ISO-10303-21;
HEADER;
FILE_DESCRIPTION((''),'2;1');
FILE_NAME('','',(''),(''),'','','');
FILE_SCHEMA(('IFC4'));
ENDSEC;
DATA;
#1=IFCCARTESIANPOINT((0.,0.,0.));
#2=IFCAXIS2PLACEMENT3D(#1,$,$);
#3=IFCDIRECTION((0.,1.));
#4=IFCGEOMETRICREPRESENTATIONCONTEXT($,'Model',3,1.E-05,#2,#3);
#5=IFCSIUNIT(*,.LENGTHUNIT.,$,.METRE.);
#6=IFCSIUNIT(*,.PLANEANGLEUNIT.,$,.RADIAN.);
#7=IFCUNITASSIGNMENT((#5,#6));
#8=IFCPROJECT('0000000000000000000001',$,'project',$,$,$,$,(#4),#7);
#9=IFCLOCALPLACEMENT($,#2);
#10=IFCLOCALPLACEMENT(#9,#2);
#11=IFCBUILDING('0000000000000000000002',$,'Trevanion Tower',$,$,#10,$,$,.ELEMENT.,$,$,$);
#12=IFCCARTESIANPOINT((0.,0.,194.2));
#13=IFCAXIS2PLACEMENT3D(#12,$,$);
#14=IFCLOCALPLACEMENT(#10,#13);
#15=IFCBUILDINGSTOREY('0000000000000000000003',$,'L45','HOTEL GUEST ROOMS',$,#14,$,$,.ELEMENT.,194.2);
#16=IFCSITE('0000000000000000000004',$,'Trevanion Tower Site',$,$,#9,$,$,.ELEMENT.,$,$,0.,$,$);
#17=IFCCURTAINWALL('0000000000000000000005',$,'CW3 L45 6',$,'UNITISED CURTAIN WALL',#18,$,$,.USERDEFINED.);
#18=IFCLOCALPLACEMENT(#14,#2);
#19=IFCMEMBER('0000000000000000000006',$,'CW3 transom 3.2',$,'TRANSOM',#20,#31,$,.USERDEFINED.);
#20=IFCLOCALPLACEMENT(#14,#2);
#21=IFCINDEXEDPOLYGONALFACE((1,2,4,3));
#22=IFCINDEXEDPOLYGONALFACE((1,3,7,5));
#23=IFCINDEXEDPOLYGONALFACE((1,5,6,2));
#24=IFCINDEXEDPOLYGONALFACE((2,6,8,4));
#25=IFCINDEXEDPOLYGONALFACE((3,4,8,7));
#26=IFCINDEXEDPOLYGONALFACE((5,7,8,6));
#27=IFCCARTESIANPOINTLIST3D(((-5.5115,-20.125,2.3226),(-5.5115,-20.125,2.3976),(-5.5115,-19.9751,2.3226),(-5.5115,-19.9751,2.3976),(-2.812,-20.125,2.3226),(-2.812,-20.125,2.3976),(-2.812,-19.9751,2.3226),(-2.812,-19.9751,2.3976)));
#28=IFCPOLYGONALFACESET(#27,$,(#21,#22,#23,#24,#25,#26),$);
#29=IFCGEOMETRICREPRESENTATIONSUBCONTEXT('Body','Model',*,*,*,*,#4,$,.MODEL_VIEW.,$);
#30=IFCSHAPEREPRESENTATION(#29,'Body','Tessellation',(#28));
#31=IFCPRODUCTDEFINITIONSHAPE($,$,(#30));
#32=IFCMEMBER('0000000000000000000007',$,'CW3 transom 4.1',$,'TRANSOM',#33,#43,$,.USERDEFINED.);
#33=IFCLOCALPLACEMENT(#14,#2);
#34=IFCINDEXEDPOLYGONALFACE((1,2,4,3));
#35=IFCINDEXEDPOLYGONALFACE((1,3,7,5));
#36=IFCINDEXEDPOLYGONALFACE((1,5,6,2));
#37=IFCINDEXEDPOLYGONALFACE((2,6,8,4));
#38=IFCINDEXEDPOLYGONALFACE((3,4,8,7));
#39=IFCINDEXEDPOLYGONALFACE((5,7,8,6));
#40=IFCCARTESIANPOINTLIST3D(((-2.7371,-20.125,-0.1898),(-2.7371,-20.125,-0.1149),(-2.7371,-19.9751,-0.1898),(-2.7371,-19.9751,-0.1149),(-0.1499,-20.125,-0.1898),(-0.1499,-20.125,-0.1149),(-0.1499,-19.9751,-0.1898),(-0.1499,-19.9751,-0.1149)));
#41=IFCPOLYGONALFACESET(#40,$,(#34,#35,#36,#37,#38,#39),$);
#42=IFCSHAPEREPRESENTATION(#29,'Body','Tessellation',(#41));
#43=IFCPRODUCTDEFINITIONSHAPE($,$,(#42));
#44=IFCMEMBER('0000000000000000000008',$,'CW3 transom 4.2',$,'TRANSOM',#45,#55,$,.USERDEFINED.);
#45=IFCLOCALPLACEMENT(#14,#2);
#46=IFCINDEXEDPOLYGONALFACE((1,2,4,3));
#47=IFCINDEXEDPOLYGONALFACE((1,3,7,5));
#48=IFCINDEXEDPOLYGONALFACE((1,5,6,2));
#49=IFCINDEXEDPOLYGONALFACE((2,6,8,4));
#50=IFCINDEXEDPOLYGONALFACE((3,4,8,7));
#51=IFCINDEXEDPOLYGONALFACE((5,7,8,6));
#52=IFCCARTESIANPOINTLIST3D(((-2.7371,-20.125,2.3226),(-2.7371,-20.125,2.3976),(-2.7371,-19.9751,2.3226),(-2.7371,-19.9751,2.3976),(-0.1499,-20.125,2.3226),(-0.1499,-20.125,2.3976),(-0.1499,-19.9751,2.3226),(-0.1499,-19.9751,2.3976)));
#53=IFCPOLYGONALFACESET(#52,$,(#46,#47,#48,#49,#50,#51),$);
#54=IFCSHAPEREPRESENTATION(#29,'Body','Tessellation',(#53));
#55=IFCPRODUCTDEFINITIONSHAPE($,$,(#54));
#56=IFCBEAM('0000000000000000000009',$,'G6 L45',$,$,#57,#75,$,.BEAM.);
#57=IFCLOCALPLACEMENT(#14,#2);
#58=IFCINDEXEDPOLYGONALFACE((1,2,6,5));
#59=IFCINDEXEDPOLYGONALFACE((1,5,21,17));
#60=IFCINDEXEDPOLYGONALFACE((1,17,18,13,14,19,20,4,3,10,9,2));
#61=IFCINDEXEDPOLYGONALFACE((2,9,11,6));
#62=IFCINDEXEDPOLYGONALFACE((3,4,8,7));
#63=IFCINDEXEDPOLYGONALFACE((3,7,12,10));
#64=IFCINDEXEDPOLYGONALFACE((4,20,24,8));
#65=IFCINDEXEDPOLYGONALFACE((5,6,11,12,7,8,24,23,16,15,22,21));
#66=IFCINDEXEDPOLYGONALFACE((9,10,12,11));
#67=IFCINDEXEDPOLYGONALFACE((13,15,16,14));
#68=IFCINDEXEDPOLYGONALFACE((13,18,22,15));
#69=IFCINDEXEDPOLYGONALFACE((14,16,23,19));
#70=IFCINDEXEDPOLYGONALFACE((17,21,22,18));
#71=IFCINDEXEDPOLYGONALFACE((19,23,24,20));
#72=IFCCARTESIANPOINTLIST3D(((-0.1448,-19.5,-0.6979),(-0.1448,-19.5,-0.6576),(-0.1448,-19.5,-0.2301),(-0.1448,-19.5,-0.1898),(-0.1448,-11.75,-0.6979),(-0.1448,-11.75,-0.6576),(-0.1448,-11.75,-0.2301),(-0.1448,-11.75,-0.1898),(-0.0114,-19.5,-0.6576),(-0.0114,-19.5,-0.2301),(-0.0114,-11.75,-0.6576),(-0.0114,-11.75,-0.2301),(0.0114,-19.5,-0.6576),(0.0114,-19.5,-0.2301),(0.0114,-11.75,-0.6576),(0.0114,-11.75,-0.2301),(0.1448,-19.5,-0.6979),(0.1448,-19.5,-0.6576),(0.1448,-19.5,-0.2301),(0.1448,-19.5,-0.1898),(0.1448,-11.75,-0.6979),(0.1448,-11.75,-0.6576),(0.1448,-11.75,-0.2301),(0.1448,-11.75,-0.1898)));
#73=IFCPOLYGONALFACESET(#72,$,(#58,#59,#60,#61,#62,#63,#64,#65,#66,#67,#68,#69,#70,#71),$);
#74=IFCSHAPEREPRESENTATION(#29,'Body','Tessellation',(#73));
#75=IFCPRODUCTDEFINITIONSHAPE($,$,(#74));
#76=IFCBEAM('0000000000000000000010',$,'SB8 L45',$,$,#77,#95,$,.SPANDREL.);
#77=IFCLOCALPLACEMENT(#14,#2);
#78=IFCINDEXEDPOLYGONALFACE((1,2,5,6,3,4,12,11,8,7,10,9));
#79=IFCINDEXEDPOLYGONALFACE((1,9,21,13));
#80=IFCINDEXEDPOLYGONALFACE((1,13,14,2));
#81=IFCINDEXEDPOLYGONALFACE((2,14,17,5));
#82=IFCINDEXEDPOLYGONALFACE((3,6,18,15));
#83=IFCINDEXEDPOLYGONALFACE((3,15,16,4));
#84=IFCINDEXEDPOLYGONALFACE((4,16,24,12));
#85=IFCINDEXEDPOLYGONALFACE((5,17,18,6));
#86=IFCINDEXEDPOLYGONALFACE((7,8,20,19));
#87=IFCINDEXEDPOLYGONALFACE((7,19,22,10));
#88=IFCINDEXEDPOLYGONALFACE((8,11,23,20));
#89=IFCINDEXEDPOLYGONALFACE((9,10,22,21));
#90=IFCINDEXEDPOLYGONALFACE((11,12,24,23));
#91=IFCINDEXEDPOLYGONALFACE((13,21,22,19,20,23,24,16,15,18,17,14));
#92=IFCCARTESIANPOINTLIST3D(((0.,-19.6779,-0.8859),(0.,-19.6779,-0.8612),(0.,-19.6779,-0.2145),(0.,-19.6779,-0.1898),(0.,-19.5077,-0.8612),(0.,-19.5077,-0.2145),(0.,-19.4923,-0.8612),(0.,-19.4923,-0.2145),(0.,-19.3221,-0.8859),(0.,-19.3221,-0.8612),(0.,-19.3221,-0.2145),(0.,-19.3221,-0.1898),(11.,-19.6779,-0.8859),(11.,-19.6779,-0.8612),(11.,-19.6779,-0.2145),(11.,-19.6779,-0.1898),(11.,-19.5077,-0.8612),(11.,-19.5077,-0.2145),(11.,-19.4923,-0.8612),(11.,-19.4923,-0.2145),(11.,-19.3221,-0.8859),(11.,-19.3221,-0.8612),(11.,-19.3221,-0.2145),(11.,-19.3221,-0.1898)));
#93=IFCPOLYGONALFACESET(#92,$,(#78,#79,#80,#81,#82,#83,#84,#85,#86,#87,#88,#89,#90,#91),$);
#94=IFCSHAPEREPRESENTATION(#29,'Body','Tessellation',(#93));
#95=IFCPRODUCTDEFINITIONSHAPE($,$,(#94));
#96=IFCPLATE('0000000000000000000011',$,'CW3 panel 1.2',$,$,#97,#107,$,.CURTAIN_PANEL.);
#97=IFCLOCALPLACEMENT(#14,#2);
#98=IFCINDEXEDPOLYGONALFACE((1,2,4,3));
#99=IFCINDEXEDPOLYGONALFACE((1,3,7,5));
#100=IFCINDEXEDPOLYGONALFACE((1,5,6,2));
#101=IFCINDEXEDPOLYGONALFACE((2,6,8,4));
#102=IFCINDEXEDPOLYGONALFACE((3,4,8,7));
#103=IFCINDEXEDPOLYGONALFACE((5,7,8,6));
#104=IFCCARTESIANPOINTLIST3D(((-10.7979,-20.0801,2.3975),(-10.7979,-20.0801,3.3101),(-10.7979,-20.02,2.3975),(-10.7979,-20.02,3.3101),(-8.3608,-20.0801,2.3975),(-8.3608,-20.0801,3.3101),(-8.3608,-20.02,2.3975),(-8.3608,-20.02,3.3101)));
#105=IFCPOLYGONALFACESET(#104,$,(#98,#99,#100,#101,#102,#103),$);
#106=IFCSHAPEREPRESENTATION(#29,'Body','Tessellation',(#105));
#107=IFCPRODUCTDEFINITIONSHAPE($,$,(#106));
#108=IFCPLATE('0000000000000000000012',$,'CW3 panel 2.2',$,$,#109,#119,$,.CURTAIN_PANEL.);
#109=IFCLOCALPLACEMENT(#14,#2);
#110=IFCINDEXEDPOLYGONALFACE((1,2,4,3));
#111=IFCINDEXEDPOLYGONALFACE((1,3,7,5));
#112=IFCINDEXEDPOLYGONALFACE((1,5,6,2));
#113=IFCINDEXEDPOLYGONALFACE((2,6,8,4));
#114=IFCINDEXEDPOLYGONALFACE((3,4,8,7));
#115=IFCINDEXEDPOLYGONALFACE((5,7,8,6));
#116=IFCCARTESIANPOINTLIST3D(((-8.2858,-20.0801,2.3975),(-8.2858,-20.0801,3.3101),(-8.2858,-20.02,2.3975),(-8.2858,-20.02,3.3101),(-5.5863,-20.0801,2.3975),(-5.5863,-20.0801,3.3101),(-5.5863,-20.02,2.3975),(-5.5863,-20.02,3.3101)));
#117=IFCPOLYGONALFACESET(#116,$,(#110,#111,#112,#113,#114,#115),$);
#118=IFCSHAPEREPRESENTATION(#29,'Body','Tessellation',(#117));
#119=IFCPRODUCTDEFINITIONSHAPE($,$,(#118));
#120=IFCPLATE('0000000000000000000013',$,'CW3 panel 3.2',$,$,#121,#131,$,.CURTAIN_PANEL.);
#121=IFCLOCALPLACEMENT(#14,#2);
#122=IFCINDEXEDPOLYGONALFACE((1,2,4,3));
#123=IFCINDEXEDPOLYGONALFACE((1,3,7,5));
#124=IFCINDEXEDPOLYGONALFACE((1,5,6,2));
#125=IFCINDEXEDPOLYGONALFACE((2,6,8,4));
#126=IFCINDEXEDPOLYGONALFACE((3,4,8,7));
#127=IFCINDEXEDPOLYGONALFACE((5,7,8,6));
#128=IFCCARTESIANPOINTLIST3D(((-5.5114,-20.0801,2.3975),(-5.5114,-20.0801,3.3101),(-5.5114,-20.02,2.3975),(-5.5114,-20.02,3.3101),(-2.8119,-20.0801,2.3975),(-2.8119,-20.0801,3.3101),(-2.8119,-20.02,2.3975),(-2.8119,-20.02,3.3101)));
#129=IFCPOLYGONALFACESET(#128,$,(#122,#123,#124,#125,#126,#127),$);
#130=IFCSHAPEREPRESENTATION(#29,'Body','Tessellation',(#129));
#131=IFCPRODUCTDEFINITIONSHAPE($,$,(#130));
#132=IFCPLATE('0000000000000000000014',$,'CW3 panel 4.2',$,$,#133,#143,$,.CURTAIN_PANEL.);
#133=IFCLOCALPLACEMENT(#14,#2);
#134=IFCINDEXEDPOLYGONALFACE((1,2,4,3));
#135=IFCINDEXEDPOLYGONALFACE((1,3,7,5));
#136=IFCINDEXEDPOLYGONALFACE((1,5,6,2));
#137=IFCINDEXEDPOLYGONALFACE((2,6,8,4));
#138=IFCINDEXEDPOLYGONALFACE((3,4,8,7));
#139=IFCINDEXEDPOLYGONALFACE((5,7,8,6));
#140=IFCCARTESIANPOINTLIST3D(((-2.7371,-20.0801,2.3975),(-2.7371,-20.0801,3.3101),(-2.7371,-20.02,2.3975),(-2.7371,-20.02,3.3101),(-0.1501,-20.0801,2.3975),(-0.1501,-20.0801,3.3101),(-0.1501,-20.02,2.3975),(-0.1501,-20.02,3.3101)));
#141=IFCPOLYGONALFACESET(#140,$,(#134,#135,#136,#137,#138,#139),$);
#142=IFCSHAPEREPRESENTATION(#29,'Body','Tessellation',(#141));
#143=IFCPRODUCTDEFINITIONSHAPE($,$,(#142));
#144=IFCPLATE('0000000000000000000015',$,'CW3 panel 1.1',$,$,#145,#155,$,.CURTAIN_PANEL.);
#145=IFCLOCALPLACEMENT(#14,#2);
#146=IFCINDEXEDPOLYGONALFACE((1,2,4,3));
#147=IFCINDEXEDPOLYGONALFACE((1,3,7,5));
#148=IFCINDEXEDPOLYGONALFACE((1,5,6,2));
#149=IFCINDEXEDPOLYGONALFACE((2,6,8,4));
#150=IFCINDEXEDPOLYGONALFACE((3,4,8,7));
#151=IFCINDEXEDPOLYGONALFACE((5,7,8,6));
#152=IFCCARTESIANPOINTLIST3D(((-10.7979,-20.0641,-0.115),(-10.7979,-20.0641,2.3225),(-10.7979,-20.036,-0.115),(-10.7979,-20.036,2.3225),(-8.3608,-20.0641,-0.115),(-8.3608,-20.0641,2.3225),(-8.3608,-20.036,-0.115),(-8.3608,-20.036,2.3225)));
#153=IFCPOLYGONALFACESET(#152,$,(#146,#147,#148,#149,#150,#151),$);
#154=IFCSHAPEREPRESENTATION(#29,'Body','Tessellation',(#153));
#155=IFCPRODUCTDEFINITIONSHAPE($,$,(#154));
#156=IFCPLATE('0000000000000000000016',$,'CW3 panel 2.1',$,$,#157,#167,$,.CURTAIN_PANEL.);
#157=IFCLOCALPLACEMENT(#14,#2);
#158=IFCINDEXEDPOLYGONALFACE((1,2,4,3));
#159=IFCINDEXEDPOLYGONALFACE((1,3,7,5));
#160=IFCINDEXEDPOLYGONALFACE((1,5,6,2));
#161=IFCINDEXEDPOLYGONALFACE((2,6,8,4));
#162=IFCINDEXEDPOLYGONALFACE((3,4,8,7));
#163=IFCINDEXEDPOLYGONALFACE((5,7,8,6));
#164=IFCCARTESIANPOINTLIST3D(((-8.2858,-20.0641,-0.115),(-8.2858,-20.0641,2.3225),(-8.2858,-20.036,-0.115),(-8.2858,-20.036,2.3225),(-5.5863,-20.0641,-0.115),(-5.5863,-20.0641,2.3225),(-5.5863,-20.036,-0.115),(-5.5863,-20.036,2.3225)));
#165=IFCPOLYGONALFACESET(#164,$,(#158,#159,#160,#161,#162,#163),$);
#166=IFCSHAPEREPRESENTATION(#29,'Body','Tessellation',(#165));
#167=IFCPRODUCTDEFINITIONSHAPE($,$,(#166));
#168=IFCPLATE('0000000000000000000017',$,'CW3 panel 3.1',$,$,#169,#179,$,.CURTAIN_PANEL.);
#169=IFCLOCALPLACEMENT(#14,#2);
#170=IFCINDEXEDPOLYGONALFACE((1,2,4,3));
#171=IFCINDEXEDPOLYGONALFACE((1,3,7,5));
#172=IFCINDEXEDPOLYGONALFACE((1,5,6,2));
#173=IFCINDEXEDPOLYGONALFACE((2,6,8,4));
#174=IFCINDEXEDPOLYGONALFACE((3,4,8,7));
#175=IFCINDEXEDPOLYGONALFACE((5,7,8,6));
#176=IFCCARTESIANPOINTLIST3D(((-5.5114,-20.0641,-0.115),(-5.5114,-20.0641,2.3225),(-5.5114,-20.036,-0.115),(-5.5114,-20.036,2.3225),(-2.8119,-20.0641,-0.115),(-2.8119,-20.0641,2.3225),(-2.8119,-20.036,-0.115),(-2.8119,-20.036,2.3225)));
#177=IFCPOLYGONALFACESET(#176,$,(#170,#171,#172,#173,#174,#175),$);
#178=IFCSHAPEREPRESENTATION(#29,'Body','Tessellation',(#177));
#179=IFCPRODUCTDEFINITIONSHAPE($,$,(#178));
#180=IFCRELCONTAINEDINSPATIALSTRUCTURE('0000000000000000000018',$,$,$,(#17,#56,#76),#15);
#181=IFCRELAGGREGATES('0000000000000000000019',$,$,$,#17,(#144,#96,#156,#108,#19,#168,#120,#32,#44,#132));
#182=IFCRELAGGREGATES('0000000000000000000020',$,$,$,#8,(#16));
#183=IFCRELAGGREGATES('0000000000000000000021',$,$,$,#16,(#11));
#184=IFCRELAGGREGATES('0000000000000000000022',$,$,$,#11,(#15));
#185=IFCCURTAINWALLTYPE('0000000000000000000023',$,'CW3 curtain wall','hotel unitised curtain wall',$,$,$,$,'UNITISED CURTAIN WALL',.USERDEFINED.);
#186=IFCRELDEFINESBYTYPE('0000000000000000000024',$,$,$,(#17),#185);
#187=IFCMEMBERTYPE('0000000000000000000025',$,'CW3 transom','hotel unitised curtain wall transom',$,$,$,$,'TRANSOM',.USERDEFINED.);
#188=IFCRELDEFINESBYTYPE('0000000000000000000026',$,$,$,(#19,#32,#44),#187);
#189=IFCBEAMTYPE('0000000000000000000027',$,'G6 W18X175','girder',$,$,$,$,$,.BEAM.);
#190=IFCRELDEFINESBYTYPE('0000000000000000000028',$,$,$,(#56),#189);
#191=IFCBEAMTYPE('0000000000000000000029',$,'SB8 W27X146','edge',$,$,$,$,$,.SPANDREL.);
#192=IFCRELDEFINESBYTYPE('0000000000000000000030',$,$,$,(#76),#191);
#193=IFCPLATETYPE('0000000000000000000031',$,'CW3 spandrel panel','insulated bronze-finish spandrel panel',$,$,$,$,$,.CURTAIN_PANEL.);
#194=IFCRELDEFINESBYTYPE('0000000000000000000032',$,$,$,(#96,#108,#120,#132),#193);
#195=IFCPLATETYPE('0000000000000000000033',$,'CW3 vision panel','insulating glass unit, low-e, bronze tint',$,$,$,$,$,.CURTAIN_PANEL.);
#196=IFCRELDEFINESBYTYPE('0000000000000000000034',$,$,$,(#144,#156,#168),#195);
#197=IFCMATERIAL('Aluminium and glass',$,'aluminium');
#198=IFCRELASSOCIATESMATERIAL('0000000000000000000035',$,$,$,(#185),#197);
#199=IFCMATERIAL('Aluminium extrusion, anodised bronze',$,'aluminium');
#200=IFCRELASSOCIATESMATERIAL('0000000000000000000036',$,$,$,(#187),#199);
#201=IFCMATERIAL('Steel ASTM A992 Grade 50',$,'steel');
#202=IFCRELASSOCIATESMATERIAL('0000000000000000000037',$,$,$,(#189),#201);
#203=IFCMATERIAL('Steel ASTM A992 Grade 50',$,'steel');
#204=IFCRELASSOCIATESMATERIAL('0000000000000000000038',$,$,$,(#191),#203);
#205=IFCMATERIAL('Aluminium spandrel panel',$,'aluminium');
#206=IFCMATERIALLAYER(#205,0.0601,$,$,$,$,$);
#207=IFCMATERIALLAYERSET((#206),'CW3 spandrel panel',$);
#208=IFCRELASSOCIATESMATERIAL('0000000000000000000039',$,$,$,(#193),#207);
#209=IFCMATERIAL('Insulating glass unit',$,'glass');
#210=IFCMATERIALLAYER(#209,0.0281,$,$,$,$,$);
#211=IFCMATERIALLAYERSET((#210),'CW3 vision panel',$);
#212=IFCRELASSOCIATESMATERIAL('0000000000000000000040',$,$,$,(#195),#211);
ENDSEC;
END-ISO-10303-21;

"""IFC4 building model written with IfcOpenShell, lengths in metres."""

from ifc_helpers import new_model, si_unit, direction, frame, origin, origin_2d, place, context, subcontext, project, spatial, rectangle, i_section, extrude, material, layer, layer_set, material_profile, profile_set, type_object, element, aggregate, save


model = new_model("IFC4")

# Units and contexts
model_context = context("Model", 3, precision=1e-05, world=origin(), true_north=direction((0.0, 1.0)))
body_context = subcontext(model_context, "Body", "Model", "MODEL_VIEW")
ifc_project = project(units=[si_unit("LENGTHUNIT", "METRE"), si_unit("PLANEANGLEUNIT", "RADIAN")], contexts=[model_context])

# Site, building, storey
site_placement = place(None, origin())
site = spatial("IfcSite", under=ifc_project, at=site_placement, Name="Trevanion Tower Site", CompositionType="ELEMENT", RefElevation=0.0)
building_placement = place(site_placement, origin())
building = spatial("IfcBuilding", under=site, at=building_placement, Name="Trevanion Tower", CompositionType="ELEMENT")
storey_placement = place(building_placement, frame((0.0, 0.0, 194.2)))
storey = spatial("IfcBuildingStorey", under=building, at=storey_placement, Name="L45", Description="HOTEL GUEST ROOMS", CompositionType="ELEMENT", Elevation=194.2)

# Curtain wall, members
ifc_material_1 = material(Name="Aluminium and glass", Category="aluminium")
curtain_wall_type = type_object("IfcCurtainWallType", Name="CW3 curtain wall", Description="hotel unitised curtain wall", ElementType="UNITISED CURTAIN WALL", PredefinedType="USERDEFINED", material=ifc_material_1)
curtain_wall_placement = place(storey_placement, origin())
curtain_wall = element("IfcCurtainWall", 1, at=curtain_wall_placement, inside=storey, type_object=curtain_wall_type, Name="CW3 L45 6", ObjectType="UNITISED CURTAIN WALL", PredefinedType="USERDEFINED")
ifc_material_2 = material(Name="Aluminium extrusion, anodised bronze", Category="aluminium")
ifc_material_profile_1 = material_profile(ifc_material_2, rectangle(XDim=0.1499, YDim=0.075, at=origin_2d()), Name="CW3 transom")
ifc_profile_set_1 = profile_set([ifc_material_profile_1], Name="Aluminium extrusion, anodised bronze")
member_type_1 = type_object("IfcMemberType", Name="CW3 transom", Description="hotel unitised curtain wall transom", ElementType="TRANSOM", PredefinedType="USERDEFINED", material=ifc_profile_set_1)
member_1_placement = place(storey_placement, frame((-5.5115, -20.05, 2.3601), z_axis=(1.0, 0.0, 0.0), x_axis=(0.0, 1.0, 0.0)))
member_1 = element("IfcMember", 2, at=member_1_placement, type_object=member_type_1, Name="CW3 transom 3.2", ObjectType="TRANSOM", PredefinedType="USERDEFINED", context=body_context, shape_type="SweptSolid", body=[
    extrude(rectangle(XDim=0.1499, YDim=0.075, at=origin_2d()), origin(), (0.0, 0.0, 1.0), 2.6995),
])
member_2_placement = place(storey_placement, frame((-2.7371, -20.05, -0.1523), z_axis=(1.0, 0.0, 0.0), x_axis=(0.0, 1.0, 0.0)))
member_2 = element("IfcMember", 3, at=member_2_placement, type_object=member_type_1, Name="CW3 transom 4.1", ObjectType="TRANSOM", PredefinedType="USERDEFINED", context=body_context, shape_type="SweptSolid", body=[
    extrude(rectangle(XDim=0.1499, YDim=0.075, at=origin_2d()), origin(), (0.0, 0.0, 1.0), 2.5872),
])
member_3_placement = place(storey_placement, frame((-2.7371, -20.05, 2.3601), z_axis=(1.0, 0.0, 0.0), x_axis=(0.0, 1.0, 0.0)))
member_3 = element("IfcMember", 4, at=member_3_placement, type_object=member_type_1, Name="CW3 transom 4.2", ObjectType="TRANSOM", PredefinedType="USERDEFINED", context=body_context, shape_type="SweptSolid", body=[
    extrude(rectangle(XDim=0.1499, YDim=0.075, at=origin_2d()), origin(), (0.0, 0.0, 1.0), 2.5872),
])

# Beams
ifc_material_3 = material(Name="Steel ASTM A992 Grade 50", Category="steel")
ifc_material_profile_2 = material_profile(ifc_material_3, i_section(OverallWidth=0.2896, OverallDepth=0.5081, WebThickness=0.0227, FlangeThickness=0.0403, at=origin_2d()), Name="W18X175")
ifc_profile_set_2 = profile_set([ifc_material_profile_2], Name="Steel ASTM A992 Grade 50")
beam_type_1 = type_object("IfcBeamType", Name="G6 W18X175", Description="girder", PredefinedType="BEAM", material=ifc_profile_set_2)
beam_1_placement = place(storey_placement, frame((0.0, -11.75, -0.4438), z_axis=(0.0, -1.0, 0.0), x_axis=(1.0, 0.0, 0.0)))
element("IfcBeam", 5, at=beam_1_placement, inside=storey, type_object=beam_type_1, Name="G6 L45", PredefinedType="BEAM", context=body_context, shape_type="SweptSolid", body=[
    extrude(i_section(OverallWidth=0.2896, OverallDepth=0.5081, WebThickness=0.0227, FlangeThickness=0.0403, at=origin_2d()), origin(), (0.0, 0.0, 1.0), 7.75),
])
ifc_material_4 = material(Name="Steel ASTM A992 Grade 50", Category="steel")
ifc_material_profile_3 = material_profile(ifc_material_4, i_section(OverallWidth=0.3557, OverallDepth=0.696, WebThickness=0.0154, FlangeThickness=0.0247, at=origin_2d()), Name="W27X146")
ifc_profile_set_3 = profile_set([ifc_material_profile_3], Name="Steel ASTM A992 Grade 50")
beam_type_2 = type_object("IfcBeamType", Name="SB8 W27X146", Description="edge", PredefinedType="SPANDREL", material=ifc_profile_set_3)
beam_2_placement = place(storey_placement, frame((0.0, -19.5, -0.5378), z_axis=(1.0, 0.0, 0.0), x_axis=(0.0, 1.0, 0.0)))
element("IfcBeam", 6, at=beam_2_placement, inside=storey, type_object=beam_type_2, Name="SB8 L45", PredefinedType="SPANDREL", context=body_context, shape_type="SweptSolid", body=[
    extrude(i_section(OverallWidth=0.3557, OverallDepth=0.696, WebThickness=0.0154, FlangeThickness=0.0247, at=origin_2d()), origin(), (0.0, 0.0, 1.0), 11.0),
])

# Plates
ifc_material_5 = material(Name="Aluminium spandrel panel", Category="aluminium")
ifc_layer_1 = layer(ifc_material_5, 0.0601)
ifc_layer_set_1 = layer_set([ifc_layer_1], Name="CW3 spandrel panel")
plate_type_1 = type_object("IfcPlateType", Name="CW3 spandrel panel", Description="insulated bronze-finish spandrel panel", PredefinedType="CURTAIN_PANEL", material=ifc_layer_set_1)
plate_1_placement = place(storey_placement, frame((-9.5793, -20.05, 2.3975), z_axis=(0.0, 0.0, 1.0), x_axis=(1.0, 0.0, 0.0)))
plate_1 = element("IfcPlate", 7, at=plate_1_placement, type_object=plate_type_1, Name="CW3 panel 1.2", PredefinedType="CURTAIN_PANEL", context=body_context, shape_type="SweptSolid", body=[
    extrude(rectangle(XDim=2.437, YDim=0.0601, at=origin_2d()), origin(), (0.0, 0.0, 1.0), 0.9126),
])
plate_2_placement = place(storey_placement, frame((-6.936, -20.05, 2.3975), z_axis=(0.0, 0.0, 1.0), x_axis=(1.0, 0.0, 0.0)))
plate_2 = element("IfcPlate", 8, at=plate_2_placement, type_object=plate_type_1, Name="CW3 panel 2.2", PredefinedType="CURTAIN_PANEL", context=body_context, shape_type="SweptSolid", body=[
    extrude(rectangle(XDim=2.6995, YDim=0.0601, at=origin_2d()), origin(), (0.0, 0.0, 1.0), 0.9126),
])
plate_3_placement = place(storey_placement, frame((-4.1616, -20.05, 2.3975), z_axis=(0.0, 0.0, 1.0), x_axis=(1.0, 0.0, 0.0)))
plate_3 = element("IfcPlate", 9, at=plate_3_placement, type_object=plate_type_1, Name="CW3 panel 3.2", PredefinedType="CURTAIN_PANEL", context=body_context, shape_type="SweptSolid", body=[
    extrude(rectangle(XDim=2.6995, YDim=0.0601, at=origin_2d()), origin(), (0.0, 0.0, 1.0), 0.9126),
])
plate_4_placement = place(storey_placement, frame((-1.4436, -20.05, 2.3975), z_axis=(0.0, 0.0, 1.0), x_axis=(1.0, 0.0, 0.0)))
plate_4 = element("IfcPlate", 10, at=plate_4_placement, type_object=plate_type_1, Name="CW3 panel 4.2", PredefinedType="CURTAIN_PANEL", context=body_context, shape_type="SweptSolid", body=[
    extrude(rectangle(XDim=2.5869, YDim=0.0601, at=origin_2d()), origin(), (0.0, 0.0, 1.0), 0.9126),
])
ifc_material_6 = material(Name="Insulating glass unit", Category="glass")
ifc_layer_2 = layer(ifc_material_6, 0.0281)
ifc_layer_set_2 = layer_set([ifc_layer_2], Name="CW3 vision panel")
plate_type_2 = type_object("IfcPlateType", Name="CW3 vision panel", Description="insulating glass unit, low-e, bronze tint", PredefinedType="CURTAIN_PANEL", material=ifc_layer_set_2)
plate_5_placement = place(storey_placement, frame((-9.5793, -20.05, -0.115), z_axis=(0.0, 0.0, 1.0), x_axis=(1.0, 0.0, 0.0)))
plate_5 = element("IfcPlate", 11, at=plate_5_placement, type_object=plate_type_2, Name="CW3 panel 1.1", PredefinedType="CURTAIN_PANEL", context=body_context, shape_type="SweptSolid", body=[
    extrude(rectangle(XDim=2.437, YDim=0.0281, at=origin_2d()), origin(), (0.0, 0.0, 1.0), 2.4375),
])
plate_6_placement = place(storey_placement, frame((-6.936, -20.05, -0.115), z_axis=(0.0, 0.0, 1.0), x_axis=(1.0, 0.0, 0.0)))
plate_6 = element("IfcPlate", 12, at=plate_6_placement, type_object=plate_type_2, Name="CW3 panel 2.1", PredefinedType="CURTAIN_PANEL", context=body_context, shape_type="SweptSolid", body=[
    extrude(rectangle(XDim=2.6995, YDim=0.0281, at=origin_2d()), origin(), (0.0, 0.0, 1.0), 2.4375),
])
plate_7_placement = place(storey_placement, frame((-4.1616, -20.05, -0.115), z_axis=(0.0, 0.0, 1.0), x_axis=(1.0, 0.0, 0.0)))
plate_7 = element("IfcPlate", 13, at=plate_7_placement, type_object=plate_type_2, Name="CW3 panel 3.1", PredefinedType="CURTAIN_PANEL", context=body_context, shape_type="SweptSolid", body=[
    extrude(rectangle(XDim=2.6995, YDim=0.0281, at=origin_2d()), origin(), (0.0, 0.0, 1.0), 2.4375),
])
aggregate(curtain_wall, [plate_5, plate_1, plate_6, plate_2, member_1, plate_7, plate_3, member_2, member_3, plate_4])

save(model, "model.ifc")
